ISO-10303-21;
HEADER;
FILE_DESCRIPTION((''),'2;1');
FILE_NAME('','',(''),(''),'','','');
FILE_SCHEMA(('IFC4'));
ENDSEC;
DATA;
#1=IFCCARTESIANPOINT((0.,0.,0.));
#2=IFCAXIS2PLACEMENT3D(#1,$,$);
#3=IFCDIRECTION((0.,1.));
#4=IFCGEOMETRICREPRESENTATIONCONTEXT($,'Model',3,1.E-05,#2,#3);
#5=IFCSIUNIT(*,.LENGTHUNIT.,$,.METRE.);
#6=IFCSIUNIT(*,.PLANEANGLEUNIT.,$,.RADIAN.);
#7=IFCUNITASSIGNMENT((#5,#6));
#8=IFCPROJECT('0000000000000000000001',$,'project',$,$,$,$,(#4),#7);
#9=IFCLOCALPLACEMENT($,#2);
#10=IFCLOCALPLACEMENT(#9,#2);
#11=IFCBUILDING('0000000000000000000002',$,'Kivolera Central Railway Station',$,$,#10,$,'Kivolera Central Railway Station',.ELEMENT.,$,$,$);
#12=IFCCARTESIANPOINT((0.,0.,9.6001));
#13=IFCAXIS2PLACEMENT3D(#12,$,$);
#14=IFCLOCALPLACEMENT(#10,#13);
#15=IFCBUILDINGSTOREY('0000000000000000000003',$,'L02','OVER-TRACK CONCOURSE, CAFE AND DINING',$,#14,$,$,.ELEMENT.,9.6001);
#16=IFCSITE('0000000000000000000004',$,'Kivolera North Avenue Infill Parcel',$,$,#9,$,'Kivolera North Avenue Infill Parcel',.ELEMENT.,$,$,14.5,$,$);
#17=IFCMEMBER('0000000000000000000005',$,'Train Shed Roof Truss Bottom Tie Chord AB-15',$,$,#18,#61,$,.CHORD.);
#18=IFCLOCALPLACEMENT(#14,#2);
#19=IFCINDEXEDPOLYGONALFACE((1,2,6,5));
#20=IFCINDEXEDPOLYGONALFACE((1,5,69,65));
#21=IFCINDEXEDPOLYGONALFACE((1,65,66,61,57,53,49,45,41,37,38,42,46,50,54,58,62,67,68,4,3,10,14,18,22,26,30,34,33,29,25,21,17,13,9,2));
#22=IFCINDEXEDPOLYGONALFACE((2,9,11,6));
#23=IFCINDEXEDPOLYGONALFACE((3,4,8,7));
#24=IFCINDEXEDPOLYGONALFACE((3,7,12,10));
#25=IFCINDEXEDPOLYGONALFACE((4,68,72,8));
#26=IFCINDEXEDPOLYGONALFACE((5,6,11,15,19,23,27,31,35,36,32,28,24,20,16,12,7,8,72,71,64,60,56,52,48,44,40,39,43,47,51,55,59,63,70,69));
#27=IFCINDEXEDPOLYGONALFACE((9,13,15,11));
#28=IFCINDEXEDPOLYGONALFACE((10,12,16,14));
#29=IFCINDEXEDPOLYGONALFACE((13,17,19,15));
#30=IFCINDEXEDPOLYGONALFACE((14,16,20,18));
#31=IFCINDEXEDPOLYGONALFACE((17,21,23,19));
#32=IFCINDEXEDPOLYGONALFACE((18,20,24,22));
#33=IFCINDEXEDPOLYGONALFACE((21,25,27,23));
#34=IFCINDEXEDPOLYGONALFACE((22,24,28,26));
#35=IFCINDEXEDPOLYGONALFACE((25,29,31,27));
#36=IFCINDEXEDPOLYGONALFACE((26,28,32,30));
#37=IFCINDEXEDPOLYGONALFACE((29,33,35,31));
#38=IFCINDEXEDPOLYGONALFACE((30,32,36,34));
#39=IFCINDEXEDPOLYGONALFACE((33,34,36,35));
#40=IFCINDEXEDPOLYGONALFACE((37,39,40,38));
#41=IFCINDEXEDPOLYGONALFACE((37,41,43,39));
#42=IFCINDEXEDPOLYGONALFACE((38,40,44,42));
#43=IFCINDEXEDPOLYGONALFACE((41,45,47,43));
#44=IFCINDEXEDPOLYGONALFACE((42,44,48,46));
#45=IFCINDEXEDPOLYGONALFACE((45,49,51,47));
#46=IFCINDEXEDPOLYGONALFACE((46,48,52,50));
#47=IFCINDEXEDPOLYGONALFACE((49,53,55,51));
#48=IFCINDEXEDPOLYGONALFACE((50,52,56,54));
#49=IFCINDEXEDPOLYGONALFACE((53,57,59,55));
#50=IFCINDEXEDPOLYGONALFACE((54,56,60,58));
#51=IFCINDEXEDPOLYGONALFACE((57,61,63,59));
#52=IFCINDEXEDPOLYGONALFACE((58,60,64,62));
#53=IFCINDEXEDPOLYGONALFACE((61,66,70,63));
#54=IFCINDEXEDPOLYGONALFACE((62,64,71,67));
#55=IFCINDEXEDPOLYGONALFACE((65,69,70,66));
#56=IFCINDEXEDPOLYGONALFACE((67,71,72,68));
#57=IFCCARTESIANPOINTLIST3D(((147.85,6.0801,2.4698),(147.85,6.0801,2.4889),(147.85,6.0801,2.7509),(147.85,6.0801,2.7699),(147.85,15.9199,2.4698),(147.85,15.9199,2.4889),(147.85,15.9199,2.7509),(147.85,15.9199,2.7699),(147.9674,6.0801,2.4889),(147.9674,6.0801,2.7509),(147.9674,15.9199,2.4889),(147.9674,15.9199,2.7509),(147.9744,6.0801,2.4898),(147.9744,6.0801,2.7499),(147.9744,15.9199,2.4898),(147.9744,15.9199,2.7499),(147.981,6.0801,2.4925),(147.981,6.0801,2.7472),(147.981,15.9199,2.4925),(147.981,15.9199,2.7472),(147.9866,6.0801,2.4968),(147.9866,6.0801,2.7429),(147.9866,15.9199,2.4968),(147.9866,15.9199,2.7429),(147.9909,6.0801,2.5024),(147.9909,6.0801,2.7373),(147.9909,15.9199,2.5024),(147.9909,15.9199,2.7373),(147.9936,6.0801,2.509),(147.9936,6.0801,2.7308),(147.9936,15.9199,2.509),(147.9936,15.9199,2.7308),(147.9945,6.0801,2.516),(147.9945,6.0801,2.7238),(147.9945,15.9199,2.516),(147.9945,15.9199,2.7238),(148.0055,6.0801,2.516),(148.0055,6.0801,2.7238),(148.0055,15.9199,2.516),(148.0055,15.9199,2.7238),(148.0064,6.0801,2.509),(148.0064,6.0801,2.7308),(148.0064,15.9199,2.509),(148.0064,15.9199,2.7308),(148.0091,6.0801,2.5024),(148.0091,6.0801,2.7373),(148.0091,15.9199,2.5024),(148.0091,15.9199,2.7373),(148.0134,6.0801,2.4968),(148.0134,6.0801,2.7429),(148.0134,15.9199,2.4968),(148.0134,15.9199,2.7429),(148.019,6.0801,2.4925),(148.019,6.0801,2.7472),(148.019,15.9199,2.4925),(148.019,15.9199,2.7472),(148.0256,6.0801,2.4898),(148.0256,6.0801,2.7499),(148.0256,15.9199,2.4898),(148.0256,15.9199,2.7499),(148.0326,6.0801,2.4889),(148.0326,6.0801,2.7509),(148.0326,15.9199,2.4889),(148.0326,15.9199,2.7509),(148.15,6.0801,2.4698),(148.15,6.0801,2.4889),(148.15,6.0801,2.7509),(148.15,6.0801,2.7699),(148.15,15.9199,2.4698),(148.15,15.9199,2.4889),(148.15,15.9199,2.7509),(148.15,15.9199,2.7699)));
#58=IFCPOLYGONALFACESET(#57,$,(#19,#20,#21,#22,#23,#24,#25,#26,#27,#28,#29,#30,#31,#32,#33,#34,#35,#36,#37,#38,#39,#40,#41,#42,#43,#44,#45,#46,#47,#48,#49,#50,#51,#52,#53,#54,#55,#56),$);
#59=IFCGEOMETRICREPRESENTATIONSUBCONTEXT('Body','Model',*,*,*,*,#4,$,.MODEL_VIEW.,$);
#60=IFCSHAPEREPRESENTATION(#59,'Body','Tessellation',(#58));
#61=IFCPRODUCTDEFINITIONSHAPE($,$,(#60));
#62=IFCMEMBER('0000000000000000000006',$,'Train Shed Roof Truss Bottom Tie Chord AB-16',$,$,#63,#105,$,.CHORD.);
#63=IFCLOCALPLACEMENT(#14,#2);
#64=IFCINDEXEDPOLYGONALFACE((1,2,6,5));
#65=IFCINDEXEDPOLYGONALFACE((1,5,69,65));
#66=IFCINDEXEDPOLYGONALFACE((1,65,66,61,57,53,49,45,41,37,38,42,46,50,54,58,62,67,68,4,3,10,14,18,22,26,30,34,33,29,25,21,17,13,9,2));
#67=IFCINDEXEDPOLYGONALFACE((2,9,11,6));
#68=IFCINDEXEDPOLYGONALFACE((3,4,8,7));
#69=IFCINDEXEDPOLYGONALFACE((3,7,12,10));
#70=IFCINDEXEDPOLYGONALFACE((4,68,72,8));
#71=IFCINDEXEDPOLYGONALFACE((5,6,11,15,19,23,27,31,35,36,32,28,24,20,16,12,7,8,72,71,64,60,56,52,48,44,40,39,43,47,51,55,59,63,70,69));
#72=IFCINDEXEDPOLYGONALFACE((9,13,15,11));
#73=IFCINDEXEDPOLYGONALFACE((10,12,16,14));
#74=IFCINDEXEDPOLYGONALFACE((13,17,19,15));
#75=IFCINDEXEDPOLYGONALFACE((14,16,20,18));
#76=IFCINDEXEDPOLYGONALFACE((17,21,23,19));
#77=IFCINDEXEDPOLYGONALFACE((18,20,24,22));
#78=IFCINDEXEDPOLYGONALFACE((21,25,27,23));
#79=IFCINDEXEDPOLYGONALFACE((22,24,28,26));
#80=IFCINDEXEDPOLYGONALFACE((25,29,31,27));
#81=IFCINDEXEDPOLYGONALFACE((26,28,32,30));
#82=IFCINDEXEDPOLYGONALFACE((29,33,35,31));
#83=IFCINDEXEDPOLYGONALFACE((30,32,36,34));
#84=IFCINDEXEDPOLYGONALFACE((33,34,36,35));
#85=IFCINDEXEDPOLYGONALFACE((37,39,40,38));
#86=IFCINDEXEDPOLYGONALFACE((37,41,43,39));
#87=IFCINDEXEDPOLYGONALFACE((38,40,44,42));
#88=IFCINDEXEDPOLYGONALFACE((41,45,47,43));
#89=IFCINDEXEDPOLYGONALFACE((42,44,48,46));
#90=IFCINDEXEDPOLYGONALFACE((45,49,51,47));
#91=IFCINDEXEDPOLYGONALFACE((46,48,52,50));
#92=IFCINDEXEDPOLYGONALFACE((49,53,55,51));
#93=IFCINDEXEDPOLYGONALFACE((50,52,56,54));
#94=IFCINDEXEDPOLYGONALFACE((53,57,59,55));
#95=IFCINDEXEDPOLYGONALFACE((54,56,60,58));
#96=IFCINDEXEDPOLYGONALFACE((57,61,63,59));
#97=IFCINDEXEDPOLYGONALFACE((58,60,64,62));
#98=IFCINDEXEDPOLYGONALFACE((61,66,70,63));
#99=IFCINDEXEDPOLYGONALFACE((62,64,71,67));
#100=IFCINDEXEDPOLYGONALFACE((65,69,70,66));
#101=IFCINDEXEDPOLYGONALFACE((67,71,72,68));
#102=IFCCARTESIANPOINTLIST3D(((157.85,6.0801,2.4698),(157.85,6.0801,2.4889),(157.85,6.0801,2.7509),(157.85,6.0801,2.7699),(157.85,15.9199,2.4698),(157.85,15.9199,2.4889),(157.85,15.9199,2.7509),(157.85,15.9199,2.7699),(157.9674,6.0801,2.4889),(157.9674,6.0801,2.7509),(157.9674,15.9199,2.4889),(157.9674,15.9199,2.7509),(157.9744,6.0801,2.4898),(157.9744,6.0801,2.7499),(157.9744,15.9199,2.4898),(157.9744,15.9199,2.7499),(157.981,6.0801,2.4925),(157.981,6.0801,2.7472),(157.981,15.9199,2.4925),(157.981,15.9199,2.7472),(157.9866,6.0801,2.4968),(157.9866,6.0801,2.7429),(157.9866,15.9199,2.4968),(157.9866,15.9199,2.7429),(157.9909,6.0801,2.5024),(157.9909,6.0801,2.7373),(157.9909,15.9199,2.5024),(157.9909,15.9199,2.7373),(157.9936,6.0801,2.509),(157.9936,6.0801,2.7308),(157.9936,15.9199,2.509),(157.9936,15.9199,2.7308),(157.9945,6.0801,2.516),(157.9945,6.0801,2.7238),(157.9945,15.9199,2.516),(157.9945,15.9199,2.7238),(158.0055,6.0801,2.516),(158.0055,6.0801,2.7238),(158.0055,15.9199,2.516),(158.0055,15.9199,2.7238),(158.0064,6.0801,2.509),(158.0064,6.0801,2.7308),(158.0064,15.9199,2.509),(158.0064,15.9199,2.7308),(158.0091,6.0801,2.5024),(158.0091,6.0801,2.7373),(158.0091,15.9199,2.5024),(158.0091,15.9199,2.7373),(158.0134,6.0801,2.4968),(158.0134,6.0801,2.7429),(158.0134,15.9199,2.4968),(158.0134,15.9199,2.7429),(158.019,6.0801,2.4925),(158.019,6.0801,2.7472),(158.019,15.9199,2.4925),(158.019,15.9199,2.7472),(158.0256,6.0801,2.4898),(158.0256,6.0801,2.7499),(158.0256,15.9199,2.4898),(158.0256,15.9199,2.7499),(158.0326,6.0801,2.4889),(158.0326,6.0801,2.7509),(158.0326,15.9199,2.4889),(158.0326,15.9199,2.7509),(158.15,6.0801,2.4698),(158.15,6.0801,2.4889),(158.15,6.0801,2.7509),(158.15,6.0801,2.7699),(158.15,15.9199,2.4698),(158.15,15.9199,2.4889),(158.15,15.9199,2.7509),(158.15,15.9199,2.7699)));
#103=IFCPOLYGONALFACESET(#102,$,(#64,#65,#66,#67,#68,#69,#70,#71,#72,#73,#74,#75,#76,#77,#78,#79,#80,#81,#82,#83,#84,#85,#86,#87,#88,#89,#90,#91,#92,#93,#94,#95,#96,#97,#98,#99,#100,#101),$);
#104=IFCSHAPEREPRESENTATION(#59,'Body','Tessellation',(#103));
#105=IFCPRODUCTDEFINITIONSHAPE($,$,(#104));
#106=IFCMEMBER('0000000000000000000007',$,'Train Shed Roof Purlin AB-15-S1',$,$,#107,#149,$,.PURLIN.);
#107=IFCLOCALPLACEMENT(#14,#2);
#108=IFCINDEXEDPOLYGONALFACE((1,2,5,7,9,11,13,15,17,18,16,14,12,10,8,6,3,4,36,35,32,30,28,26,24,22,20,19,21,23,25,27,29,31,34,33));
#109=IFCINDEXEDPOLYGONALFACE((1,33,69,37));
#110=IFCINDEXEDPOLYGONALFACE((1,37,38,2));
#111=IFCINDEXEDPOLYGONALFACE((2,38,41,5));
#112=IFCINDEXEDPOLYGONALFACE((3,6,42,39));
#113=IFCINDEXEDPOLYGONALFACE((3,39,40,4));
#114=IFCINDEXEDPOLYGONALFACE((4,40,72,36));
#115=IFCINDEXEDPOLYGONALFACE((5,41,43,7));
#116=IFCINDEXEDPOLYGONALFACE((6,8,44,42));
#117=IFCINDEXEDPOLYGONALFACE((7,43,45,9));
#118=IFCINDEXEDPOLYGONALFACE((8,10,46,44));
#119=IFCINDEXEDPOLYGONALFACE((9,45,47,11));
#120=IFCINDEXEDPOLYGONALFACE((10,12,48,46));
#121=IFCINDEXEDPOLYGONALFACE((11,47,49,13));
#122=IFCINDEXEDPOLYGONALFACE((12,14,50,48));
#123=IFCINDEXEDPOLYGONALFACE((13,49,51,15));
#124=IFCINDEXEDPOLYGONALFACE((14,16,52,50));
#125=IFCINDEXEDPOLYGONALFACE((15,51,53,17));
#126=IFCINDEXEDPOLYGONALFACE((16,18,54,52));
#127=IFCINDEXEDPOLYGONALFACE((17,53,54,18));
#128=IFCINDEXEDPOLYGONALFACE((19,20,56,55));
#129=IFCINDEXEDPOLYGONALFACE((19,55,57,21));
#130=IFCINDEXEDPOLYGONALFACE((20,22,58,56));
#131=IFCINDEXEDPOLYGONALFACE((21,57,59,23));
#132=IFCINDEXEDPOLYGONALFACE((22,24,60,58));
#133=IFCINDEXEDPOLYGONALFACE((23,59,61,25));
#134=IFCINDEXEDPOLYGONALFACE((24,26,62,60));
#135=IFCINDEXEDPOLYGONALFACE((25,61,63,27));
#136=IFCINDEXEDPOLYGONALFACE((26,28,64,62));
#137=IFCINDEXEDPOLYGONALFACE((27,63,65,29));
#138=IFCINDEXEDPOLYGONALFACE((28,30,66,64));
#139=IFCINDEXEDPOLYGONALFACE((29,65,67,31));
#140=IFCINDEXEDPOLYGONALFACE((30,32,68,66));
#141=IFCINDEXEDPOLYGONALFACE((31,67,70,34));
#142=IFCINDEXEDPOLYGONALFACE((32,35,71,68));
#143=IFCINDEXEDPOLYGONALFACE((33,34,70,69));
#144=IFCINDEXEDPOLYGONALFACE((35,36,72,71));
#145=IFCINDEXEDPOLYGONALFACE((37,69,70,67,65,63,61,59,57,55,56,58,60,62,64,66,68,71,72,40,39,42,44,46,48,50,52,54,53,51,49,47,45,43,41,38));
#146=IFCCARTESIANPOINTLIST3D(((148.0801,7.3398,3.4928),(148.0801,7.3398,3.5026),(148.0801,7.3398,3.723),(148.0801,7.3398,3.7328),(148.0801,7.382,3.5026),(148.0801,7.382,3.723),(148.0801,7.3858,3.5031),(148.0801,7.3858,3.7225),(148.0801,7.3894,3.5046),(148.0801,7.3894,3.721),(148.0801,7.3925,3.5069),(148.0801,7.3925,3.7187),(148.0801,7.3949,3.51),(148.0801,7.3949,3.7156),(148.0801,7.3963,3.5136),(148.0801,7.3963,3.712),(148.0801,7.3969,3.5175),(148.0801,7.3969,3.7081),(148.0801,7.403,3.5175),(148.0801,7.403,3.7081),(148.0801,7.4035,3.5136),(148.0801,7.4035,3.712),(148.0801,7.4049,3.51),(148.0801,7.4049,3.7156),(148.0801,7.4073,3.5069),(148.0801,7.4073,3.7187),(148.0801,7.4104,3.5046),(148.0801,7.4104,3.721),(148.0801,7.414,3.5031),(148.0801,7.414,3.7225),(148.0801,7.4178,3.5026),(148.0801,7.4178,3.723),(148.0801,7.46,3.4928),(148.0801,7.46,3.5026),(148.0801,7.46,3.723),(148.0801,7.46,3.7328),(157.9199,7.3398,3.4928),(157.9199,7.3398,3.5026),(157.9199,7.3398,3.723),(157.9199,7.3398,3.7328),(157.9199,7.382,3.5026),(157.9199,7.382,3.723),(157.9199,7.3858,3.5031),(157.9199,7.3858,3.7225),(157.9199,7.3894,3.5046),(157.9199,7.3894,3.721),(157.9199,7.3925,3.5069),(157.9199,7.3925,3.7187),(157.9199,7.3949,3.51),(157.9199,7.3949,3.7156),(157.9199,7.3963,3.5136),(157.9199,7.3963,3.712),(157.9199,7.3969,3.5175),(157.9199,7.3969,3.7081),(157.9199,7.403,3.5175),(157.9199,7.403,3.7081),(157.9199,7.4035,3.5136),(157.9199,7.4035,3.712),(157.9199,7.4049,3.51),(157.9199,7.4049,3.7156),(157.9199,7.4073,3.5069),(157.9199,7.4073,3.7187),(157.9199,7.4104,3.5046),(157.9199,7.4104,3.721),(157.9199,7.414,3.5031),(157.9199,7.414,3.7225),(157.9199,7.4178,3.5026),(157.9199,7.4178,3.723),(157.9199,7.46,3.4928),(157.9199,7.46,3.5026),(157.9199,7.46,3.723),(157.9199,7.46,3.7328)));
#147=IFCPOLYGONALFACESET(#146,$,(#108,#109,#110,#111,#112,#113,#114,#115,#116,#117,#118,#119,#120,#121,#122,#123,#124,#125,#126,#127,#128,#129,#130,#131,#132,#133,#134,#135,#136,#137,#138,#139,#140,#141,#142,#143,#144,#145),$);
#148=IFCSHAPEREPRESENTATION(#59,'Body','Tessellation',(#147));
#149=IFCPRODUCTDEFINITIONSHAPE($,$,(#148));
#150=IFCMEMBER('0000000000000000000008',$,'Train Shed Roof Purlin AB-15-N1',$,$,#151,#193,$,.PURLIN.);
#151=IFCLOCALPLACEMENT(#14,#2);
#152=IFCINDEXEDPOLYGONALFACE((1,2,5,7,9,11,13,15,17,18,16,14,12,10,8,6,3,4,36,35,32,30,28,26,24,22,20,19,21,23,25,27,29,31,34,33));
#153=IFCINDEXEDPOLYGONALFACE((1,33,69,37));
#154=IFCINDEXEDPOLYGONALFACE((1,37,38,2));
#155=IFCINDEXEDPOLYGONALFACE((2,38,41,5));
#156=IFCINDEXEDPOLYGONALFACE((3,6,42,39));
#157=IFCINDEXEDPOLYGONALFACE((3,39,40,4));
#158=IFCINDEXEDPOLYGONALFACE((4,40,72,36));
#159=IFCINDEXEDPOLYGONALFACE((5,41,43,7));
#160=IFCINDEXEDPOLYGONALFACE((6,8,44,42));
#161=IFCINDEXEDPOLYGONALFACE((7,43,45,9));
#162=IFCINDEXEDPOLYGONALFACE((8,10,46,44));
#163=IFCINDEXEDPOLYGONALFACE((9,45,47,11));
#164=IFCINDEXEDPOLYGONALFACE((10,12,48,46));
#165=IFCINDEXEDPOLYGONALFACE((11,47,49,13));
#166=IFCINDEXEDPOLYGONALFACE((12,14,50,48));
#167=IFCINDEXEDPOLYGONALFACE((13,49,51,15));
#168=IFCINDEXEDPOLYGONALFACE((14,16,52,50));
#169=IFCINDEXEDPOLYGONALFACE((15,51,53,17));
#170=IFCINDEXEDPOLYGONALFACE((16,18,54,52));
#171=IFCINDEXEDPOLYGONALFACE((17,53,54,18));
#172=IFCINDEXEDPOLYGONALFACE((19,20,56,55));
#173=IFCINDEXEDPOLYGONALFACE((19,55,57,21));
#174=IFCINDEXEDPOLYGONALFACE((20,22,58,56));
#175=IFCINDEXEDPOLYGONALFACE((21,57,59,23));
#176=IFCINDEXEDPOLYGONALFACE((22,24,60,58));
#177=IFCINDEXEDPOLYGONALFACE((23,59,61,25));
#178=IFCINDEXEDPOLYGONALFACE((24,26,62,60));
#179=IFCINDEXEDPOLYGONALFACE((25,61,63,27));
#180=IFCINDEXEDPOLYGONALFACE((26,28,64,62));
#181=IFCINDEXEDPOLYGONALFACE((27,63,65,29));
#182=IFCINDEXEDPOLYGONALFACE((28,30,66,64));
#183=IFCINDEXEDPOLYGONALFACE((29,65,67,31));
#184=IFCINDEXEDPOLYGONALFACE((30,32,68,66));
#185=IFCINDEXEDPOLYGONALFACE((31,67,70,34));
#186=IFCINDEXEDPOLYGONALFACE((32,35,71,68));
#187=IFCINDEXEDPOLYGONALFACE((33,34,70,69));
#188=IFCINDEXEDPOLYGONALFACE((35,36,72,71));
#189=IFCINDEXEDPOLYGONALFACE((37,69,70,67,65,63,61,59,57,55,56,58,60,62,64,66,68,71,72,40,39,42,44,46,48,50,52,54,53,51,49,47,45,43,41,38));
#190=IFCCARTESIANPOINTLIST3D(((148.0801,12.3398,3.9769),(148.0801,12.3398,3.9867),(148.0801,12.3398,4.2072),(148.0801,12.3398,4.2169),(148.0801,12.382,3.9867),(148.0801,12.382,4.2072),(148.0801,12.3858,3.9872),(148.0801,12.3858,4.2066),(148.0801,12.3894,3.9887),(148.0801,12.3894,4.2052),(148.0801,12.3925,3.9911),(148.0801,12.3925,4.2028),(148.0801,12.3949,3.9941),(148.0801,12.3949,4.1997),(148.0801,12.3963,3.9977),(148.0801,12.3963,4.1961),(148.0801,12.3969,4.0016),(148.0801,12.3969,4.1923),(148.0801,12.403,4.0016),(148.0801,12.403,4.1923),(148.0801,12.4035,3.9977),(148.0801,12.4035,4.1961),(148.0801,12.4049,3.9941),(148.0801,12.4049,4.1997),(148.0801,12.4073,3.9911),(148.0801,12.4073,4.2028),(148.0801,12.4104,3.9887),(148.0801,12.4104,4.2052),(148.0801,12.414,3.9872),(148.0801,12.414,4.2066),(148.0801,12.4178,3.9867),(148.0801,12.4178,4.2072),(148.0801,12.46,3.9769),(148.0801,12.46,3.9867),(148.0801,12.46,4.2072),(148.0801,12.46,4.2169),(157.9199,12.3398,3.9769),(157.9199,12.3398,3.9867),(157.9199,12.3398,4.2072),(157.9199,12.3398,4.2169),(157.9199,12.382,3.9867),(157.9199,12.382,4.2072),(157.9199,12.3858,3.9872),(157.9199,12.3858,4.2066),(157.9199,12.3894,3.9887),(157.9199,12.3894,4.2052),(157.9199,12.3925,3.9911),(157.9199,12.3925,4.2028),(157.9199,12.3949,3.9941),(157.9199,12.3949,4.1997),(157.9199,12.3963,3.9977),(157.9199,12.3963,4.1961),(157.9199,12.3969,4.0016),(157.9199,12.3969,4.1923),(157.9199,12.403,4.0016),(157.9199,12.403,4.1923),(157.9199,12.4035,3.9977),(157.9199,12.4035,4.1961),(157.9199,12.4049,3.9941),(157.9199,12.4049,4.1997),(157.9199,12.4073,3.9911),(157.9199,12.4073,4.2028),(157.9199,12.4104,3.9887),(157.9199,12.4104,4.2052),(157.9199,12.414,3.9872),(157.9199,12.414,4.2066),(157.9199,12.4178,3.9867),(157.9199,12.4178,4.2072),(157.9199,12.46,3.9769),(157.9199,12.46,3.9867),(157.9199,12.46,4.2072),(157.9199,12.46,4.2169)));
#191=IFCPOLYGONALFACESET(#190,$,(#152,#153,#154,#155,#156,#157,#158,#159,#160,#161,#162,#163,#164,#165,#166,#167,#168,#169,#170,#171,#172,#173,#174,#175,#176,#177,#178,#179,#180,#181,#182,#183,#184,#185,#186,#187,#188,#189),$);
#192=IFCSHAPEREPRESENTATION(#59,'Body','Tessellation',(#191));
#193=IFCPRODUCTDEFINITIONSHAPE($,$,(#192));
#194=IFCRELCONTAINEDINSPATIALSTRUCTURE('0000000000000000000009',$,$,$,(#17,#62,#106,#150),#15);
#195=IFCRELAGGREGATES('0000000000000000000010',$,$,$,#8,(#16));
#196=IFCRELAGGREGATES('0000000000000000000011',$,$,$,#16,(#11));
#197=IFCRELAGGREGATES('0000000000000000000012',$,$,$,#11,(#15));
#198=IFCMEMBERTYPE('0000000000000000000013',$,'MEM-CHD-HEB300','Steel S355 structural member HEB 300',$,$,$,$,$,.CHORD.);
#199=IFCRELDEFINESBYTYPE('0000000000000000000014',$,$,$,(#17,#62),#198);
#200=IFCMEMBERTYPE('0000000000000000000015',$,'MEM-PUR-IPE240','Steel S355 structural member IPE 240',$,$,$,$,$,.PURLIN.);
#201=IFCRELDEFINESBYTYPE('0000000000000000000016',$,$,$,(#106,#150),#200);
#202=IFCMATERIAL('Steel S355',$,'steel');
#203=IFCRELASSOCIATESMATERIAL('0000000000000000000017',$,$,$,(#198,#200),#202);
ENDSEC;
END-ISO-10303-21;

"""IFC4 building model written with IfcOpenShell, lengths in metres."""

from ifc_helpers import new_model, si_unit, direction, frame, origin, origin_2d, place, context, subcontext, project, spatial, i_section, extrude, material, material_profile, profile_set, type_object, element, save


model = new_model("IFC4")

# Units and contexts
model_context = context("Model", 3, precision=1e-05, world=origin(), true_north=direction((0.0, 1.0)))
body_context = subcontext(model_context, "Body", "Model", "MODEL_VIEW")
ifc_project = project(units=[si_unit("LENGTHUNIT", "METRE"), si_unit("PLANEANGLEUNIT", "RADIAN")], contexts=[model_context])

# Site, building, storey
site_placement = place(None, origin())
site = spatial("IfcSite", under=ifc_project, at=site_placement, Name="Kivolera North Avenue Infill Parcel", LongName="Kivolera North Avenue Infill Parcel", CompositionType="ELEMENT", RefElevation=14.5)
building_placement = place(site_placement, origin())
building = spatial("IfcBuilding", under=site, at=building_placement, Name="Kivolera Central Railway Station", LongName="Kivolera Central Railway Station", CompositionType="ELEMENT")
storey_placement = place(building_placement, frame((0.0, 0.0, 9.6001)))
storey = spatial("IfcBuildingStorey", under=building, at=storey_placement, Name="L02", Description="OVER-TRACK CONCOURSE, CAFE AND DINING", CompositionType="ELEMENT", Elevation=9.6001)

# Shared definitions
ifc_material_1 = material(Name="Steel S355", Category="steel")

# Members
ifc_material_profile_1 = material_profile(ifc_material_1, i_section(OverallWidth=0.3, OverallDepth=0.3, WebThickness=0.011, FlangeThickness=0.019, FilletRadius=0.0271, at=origin_2d()), Name="HEB 300")
ifc_profile_set_1 = profile_set([ifc_material_profile_1], Name="Steel S355")
member_type_1 = type_object("IfcMemberType", Name="MEM-CHD-HEB300", Description="Steel S355 structural member HEB 300", PredefinedType="CHORD", material=ifc_profile_set_1)
for number, where, z_axis, x_axis, name in (
    (1, (148.0, 6.0801, 2.6199), (0.0, 1.0, 0.0), (-1.0, 0.0, 0.0), "Train Shed Roof Truss Bottom Tie Chord AB-15"),
    (2, (158.0, 6.0801, 2.6199), (0.0, 1.0, 0.0), (-1.0, 0.0, 0.0), "Train Shed Roof Truss Bottom Tie Chord AB-16"),
):
    element("IfcMember", number, at=place(storey_placement, frame(where, z_axis=z_axis, x_axis=x_axis)), inside=storey, type_object=member_type_1, Name=name, PredefinedType="CHORD", context=body_context, shape_type="SweptSolid", body=[
        extrude(i_section(OverallWidth=0.3, OverallDepth=0.3, WebThickness=0.011, FlangeThickness=0.019, FilletRadius=0.0271, at=origin_2d()), origin(), (0.0, 0.0, 1.0), 9.8398),
    ])
ifc_material_profile_2 = material_profile(ifc_material_1, i_section(OverallWidth=0.1201, OverallDepth=0.24, WebThickness=0.0061, FlangeThickness=0.0098, FilletRadius=0.0149, at=origin_2d()), Name="IPE 240")
ifc_profile_set_2 = profile_set([ifc_material_profile_2], Name="Steel S355")
member_type_2 = type_object("IfcMemberType", Name="MEM-PUR-IPE240", Description="Steel S355 structural member IPE 240", PredefinedType="PURLIN", material=ifc_profile_set_2)
for number, where, z_axis, x_axis, name in (
    (3, (148.0801, 7.3999, 3.6128), (1.0, 0.0, 0.0), (0.0, 1.0, 0.0), "Train Shed Roof Purlin AB-15-S1"),
    (4, (148.0801, 12.3999, 4.0969), (1.0, 0.0, 0.0), (0.0, 1.0, 0.0), "Train Shed Roof Purlin AB-15-N1"),
):
    element("IfcMember", number, at=place(storey_placement, frame(where, z_axis=z_axis, x_axis=x_axis)), inside=storey, type_object=member_type_2, Name=name, PredefinedType="PURLIN", context=body_context, shape_type="SweptSolid", body=[
        extrude(i_section(OverallWidth=0.1201, OverallDepth=0.24, WebThickness=0.0061, FlangeThickness=0.0098, FilletRadius=0.0149, at=origin_2d()), origin(), (0.0, 0.0, 1.0), 9.8398),
    ])

save(model, "model.ifc")
